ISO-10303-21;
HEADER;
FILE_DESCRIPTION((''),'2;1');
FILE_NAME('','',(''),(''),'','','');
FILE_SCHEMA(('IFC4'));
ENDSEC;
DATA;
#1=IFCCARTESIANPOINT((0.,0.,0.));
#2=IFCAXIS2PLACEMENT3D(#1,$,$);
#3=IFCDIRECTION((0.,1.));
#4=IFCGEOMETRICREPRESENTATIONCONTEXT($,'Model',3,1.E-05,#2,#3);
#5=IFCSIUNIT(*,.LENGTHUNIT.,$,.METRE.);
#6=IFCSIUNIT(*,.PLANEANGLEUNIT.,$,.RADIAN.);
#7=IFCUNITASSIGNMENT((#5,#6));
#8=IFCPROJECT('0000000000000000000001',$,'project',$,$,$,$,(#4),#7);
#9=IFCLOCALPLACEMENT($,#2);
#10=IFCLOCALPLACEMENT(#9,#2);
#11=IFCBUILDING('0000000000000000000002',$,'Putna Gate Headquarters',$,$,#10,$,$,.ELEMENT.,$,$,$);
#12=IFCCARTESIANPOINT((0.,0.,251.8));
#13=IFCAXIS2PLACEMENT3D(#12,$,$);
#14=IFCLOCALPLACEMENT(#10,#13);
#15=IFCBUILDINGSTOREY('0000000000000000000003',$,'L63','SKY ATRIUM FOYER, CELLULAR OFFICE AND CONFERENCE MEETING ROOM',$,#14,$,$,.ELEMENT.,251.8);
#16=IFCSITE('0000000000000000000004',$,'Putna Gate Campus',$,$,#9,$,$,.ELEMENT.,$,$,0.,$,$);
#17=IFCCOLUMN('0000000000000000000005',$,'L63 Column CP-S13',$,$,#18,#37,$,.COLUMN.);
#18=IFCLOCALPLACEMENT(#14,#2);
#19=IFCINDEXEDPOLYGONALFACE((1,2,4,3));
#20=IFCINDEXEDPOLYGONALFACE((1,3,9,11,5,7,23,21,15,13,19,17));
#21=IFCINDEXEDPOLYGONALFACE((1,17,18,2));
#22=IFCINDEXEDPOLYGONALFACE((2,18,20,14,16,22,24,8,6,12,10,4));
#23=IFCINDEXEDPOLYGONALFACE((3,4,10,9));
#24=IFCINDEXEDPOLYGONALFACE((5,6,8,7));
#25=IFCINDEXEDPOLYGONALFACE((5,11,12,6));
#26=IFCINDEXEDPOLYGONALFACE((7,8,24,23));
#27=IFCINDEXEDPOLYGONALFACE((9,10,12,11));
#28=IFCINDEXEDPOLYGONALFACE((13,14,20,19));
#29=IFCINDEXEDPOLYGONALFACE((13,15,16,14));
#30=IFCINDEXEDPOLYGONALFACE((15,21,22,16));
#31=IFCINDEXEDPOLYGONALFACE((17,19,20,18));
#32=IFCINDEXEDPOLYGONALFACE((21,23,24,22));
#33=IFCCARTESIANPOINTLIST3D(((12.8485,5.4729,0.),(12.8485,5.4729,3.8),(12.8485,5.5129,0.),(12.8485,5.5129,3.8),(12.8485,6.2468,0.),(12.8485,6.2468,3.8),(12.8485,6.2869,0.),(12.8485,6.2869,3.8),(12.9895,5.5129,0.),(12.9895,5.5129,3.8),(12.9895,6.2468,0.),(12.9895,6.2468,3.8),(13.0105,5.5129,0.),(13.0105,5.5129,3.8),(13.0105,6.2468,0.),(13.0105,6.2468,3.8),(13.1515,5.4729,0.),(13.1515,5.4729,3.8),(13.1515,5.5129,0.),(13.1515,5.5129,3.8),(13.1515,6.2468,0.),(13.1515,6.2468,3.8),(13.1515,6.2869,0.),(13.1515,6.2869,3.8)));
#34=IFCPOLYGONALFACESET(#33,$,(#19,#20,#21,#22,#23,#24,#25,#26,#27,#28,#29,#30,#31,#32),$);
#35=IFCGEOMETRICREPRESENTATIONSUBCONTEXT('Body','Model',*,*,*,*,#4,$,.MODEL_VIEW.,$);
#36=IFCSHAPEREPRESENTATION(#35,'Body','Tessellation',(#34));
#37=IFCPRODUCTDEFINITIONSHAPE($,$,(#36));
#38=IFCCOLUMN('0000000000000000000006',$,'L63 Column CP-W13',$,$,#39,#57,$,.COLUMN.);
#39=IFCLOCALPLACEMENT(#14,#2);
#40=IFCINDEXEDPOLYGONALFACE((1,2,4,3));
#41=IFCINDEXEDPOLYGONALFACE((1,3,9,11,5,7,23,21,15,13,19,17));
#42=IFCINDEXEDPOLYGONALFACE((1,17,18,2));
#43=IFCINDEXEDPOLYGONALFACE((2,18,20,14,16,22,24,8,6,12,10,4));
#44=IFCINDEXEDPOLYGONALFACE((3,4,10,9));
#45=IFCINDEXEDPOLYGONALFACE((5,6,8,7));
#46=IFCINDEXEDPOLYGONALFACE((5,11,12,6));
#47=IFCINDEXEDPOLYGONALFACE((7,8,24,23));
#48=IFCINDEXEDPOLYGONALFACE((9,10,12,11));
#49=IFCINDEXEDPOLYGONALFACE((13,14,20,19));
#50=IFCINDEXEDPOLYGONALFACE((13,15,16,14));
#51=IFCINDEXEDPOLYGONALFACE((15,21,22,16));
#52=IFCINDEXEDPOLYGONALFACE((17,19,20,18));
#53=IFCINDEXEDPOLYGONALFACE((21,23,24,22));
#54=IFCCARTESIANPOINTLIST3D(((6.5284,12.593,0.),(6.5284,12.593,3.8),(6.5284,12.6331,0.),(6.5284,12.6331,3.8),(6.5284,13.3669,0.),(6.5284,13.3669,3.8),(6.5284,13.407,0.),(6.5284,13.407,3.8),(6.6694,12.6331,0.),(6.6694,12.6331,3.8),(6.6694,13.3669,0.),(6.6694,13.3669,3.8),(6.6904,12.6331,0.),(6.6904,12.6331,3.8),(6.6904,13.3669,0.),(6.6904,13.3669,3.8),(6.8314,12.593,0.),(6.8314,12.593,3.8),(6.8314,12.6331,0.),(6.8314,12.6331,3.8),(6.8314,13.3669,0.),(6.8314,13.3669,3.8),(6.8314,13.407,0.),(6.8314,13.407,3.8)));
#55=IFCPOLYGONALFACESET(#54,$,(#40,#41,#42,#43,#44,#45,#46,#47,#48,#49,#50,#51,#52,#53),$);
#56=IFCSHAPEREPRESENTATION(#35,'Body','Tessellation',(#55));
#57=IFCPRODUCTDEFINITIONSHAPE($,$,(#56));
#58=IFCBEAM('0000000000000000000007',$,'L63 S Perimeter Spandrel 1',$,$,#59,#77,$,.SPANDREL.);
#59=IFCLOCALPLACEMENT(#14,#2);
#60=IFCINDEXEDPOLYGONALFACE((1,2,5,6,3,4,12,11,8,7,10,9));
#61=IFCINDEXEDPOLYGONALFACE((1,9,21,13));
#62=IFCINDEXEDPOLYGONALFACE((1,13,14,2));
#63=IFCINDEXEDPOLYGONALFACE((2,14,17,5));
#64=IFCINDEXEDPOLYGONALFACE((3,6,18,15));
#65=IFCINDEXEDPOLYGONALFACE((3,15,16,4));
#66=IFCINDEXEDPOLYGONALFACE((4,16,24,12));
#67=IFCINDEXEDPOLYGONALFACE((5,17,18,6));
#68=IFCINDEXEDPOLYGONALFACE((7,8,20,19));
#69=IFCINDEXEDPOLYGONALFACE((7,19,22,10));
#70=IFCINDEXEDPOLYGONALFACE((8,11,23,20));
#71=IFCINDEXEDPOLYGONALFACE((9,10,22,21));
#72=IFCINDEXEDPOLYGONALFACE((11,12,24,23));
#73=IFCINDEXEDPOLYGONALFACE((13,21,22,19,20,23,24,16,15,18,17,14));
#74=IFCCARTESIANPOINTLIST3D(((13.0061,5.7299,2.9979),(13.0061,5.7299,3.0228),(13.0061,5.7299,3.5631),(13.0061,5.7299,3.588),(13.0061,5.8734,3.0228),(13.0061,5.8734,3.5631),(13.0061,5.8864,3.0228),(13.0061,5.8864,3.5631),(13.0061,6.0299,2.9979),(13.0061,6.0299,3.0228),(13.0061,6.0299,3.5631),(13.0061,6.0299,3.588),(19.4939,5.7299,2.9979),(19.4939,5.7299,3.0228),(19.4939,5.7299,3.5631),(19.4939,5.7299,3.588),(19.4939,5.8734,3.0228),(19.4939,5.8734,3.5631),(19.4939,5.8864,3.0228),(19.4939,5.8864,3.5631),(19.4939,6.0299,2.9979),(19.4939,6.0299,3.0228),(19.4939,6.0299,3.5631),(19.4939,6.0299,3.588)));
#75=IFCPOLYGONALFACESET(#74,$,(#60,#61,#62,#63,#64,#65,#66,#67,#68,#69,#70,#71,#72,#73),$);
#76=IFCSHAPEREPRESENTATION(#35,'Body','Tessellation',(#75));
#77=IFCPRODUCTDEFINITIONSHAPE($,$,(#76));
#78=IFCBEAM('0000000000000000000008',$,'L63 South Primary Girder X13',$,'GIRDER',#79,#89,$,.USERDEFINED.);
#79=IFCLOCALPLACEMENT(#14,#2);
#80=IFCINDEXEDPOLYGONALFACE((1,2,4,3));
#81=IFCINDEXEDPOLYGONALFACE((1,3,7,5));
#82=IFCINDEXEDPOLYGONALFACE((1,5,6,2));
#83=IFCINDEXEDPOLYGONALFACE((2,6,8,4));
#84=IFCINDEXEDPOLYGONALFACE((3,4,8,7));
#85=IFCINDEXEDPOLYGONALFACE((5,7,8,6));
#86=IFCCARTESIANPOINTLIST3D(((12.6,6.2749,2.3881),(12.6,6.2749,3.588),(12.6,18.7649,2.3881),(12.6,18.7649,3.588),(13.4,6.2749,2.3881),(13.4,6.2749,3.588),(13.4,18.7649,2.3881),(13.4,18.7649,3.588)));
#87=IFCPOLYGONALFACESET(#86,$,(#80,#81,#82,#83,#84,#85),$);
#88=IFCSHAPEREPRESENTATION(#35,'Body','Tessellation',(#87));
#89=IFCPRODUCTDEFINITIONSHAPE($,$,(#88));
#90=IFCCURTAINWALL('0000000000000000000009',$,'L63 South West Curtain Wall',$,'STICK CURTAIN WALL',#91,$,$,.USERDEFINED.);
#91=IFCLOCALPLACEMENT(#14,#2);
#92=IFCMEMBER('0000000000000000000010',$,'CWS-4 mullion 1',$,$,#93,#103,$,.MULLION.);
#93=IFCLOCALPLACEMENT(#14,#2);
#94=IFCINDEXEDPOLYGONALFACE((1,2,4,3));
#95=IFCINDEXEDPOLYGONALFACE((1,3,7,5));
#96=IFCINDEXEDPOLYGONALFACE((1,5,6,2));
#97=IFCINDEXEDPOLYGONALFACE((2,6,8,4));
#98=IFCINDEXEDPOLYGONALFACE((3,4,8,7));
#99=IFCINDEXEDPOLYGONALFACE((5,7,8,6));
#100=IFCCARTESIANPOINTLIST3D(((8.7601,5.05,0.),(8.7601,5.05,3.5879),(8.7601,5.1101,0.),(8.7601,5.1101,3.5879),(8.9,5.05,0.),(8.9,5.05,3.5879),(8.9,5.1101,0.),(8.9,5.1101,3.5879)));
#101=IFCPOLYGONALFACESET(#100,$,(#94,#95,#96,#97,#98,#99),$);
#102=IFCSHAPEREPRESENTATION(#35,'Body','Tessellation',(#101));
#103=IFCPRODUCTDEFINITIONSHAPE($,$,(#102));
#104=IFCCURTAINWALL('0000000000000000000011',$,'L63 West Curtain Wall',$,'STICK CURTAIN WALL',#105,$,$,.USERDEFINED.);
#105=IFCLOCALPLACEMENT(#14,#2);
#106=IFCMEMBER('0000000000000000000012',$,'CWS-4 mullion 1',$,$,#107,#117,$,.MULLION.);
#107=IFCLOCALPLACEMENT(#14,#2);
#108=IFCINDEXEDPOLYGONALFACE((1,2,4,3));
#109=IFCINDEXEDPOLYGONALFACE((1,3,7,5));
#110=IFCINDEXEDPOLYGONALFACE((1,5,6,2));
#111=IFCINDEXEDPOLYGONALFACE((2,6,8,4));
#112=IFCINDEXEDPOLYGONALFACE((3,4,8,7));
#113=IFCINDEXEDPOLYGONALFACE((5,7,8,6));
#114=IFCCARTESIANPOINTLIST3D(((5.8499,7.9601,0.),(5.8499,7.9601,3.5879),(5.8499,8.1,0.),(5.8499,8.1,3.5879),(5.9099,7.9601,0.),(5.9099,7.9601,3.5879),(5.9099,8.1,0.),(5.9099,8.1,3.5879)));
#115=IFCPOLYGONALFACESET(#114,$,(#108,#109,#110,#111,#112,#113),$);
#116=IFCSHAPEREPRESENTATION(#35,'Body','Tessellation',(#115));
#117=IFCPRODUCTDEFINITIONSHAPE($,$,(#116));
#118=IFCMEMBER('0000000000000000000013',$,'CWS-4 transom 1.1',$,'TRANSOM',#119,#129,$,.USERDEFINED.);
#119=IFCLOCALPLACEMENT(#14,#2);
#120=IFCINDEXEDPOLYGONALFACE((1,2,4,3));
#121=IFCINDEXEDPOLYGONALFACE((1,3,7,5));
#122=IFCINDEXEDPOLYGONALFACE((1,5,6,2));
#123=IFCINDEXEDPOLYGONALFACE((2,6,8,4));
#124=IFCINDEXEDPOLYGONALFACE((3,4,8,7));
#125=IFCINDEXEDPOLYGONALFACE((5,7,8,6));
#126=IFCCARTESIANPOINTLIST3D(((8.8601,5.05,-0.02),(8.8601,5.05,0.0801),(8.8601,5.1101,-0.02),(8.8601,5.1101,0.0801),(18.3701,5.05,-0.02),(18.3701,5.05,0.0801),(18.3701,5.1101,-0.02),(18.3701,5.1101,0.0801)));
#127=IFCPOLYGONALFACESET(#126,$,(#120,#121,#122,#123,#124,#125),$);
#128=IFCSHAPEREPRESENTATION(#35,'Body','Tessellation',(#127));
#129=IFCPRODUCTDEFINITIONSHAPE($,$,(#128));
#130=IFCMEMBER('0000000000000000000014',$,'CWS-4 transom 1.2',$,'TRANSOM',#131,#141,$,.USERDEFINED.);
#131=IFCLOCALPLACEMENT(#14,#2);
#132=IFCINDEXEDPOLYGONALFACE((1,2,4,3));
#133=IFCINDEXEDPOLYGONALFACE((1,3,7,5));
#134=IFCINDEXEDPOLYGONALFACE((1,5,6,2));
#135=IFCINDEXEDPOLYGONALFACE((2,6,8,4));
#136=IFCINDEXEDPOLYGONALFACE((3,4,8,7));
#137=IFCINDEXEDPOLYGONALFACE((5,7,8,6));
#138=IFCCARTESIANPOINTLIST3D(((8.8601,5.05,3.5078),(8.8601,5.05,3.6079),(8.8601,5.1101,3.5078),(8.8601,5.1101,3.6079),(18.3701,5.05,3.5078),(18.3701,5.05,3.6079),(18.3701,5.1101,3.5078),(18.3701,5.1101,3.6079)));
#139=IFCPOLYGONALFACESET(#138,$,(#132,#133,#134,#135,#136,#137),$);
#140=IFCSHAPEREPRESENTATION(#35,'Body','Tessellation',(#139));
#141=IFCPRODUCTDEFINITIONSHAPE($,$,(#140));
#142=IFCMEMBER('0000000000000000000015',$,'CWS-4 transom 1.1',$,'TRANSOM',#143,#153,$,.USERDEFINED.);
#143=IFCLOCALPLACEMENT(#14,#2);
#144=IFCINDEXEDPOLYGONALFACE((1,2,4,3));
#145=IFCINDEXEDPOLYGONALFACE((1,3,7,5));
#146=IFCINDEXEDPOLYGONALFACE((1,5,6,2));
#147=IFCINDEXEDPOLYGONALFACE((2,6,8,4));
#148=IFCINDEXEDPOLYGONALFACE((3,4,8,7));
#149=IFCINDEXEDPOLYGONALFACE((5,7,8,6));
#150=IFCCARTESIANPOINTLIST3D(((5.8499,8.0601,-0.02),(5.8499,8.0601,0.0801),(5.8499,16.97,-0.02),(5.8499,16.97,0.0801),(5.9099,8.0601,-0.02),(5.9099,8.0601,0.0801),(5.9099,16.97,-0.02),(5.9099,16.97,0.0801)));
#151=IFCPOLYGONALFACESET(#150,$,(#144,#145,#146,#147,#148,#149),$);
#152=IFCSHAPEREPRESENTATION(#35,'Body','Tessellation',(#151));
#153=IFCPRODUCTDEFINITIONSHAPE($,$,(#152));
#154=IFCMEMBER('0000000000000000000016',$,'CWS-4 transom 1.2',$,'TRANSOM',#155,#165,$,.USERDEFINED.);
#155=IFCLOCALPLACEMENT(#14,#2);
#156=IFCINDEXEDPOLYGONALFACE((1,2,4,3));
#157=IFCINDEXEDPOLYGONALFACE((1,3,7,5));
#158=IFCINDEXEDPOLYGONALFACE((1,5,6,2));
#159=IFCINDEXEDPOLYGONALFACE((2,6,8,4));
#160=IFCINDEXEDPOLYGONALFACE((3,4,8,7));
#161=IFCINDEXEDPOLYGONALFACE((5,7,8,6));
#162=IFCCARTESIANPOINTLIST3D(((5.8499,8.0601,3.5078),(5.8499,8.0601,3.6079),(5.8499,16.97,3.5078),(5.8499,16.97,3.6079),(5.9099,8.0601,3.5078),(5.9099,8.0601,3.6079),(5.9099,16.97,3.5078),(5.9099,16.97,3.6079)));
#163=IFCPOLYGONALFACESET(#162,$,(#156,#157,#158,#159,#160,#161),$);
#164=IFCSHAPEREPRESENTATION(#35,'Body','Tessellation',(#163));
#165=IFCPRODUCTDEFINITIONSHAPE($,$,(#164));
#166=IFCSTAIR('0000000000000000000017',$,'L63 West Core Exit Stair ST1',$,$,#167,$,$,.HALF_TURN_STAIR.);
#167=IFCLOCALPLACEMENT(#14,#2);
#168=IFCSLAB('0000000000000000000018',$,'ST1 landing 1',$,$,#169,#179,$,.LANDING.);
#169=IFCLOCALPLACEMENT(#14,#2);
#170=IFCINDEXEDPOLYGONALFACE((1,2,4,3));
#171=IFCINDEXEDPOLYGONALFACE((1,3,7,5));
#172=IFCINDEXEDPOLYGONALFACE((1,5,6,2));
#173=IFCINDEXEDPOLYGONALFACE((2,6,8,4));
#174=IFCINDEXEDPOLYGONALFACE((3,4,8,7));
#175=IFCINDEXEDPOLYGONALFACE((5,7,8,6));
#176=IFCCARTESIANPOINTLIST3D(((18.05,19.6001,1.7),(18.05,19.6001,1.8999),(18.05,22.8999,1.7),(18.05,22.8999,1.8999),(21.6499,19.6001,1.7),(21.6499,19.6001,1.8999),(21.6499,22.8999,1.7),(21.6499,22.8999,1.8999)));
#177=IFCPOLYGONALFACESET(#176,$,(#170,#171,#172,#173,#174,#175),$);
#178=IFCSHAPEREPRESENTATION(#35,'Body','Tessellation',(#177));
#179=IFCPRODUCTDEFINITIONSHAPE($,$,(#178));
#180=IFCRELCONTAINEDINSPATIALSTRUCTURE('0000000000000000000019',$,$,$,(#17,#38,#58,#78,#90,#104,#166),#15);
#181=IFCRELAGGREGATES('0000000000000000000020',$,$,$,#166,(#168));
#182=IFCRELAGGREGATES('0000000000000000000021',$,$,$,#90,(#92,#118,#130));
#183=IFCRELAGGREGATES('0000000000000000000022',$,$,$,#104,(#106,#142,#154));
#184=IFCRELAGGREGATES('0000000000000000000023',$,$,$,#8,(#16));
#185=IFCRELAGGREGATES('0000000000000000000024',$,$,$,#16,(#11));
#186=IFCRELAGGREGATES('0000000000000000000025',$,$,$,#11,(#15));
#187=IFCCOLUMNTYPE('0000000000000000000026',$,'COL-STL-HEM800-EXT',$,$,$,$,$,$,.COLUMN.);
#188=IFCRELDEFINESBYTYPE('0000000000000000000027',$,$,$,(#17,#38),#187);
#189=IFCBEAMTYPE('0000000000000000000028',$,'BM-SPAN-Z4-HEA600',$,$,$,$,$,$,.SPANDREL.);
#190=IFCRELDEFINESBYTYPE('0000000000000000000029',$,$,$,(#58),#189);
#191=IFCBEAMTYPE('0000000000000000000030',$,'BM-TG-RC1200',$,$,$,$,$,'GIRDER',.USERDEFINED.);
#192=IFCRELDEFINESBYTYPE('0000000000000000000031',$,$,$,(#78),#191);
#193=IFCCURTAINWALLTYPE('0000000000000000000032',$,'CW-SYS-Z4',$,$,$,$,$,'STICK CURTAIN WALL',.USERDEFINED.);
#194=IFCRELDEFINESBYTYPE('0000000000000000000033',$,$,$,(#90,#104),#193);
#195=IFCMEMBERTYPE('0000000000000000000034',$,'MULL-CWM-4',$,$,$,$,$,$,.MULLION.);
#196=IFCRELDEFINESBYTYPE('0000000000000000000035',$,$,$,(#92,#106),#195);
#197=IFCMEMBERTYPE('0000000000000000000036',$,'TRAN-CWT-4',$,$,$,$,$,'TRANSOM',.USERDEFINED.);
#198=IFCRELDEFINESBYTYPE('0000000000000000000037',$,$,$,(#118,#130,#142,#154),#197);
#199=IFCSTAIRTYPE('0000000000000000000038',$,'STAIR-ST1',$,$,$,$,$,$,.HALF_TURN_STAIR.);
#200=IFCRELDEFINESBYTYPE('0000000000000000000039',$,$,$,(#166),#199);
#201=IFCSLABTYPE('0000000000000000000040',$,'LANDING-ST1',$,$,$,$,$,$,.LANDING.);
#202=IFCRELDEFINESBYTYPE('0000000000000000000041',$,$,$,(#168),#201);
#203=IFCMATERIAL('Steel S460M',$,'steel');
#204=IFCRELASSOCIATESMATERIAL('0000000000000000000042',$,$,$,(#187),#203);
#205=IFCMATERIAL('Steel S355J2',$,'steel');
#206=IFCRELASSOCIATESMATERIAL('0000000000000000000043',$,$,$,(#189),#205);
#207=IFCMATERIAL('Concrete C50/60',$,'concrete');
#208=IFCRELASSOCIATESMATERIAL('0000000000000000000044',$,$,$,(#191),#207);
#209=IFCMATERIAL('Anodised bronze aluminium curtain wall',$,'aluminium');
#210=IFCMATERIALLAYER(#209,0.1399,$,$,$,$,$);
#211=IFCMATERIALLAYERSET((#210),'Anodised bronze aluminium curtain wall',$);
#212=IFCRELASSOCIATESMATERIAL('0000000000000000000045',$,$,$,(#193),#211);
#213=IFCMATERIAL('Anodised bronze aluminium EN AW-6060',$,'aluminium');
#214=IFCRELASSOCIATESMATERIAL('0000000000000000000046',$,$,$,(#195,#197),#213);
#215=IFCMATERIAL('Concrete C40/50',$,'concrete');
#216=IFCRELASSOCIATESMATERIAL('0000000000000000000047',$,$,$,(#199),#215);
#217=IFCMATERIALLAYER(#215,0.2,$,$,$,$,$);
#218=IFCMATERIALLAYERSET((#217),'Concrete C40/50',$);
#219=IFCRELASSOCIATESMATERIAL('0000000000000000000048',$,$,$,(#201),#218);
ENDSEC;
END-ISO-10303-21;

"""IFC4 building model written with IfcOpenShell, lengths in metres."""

from ifc_helpers import new_model, si_unit, direction, frame, origin, origin_2d, place, context, subcontext, project, spatial, polyline, rectangle, i_section, outline, extrude, material, layer, layer_set, material_profile, profile_set, type_object, element, aggregate, save


model = new_model("IFC4")

# Units and contexts
model_context = context("Model", 3, precision=1e-05, world=origin(), true_north=direction((0.0, 1.0)))
body_context = subcontext(model_context, "Body", "Model", "MODEL_VIEW")
ifc_project = project(units=[si_unit("LENGTHUNIT", "METRE"), si_unit("PLANEANGLEUNIT", "RADIAN")], contexts=[model_context])

# Site, building, storey
site_placement = place(None, origin())
site = spatial("IfcSite", under=ifc_project, at=site_placement, Name="Putna Gate Campus", CompositionType="ELEMENT", RefElevation=0.0)
building_placement = place(site_placement, origin())
building = spatial("IfcBuilding", under=site, at=building_placement, Name="Putna Gate Headquarters", CompositionType="ELEMENT")
storey_placement = place(building_placement, frame((0.0, 0.0, 251.8)))
storey = spatial("IfcBuildingStorey", under=building, at=storey_placement, Name="L63", Description="SKY ATRIUM FOYER, CELLULAR OFFICE AND CONFERENCE MEETING ROOM", CompositionType="ELEMENT", Elevation=251.8)

# Columns
ifc_material_1 = material(Name="Steel S460M", Category="steel")
ifc_material_profile_1 = material_profile(ifc_material_1, i_section(OverallWidth=0.303, OverallDepth=0.814, WebThickness=0.021, FlangeThickness=0.04, at=origin_2d()), Name="Steel S460M")
ifc_profile_set_1 = profile_set([ifc_material_profile_1], Name="Steel S460M")
column_type = type_object("IfcColumnType", Name="COL-STL-HEM800-EXT", PredefinedType="COLUMN", material=ifc_profile_set_1)
for number, where, z_axis, x_axis, name in (
    (1, (13.0, 5.8799, 0.0), (0.0, 0.0, 1.0), (1.0, 0.0, 0.0), "L63 Column CP-S13"),
    (2, (6.6799, 13.0, 0.0), (0.0, 0.0, 1.0), (1.0, 0.0, 0.0), "L63 Column CP-W13"),
):
    element("IfcColumn", number, at=place(storey_placement, frame(where, z_axis=z_axis, x_axis=x_axis)), inside=storey, type_object=column_type, Name=name, PredefinedType="COLUMN", context=body_context, shape_type="SweptSolid", body=[
        extrude(i_section(OverallWidth=0.303, OverallDepth=0.814, WebThickness=0.021, FlangeThickness=0.04, at=origin_2d()), origin(), (0.0, 0.0, 1.0), 3.8),
    ])

# Beams
ifc_material_2 = material(Name="Steel S355J2", Category="steel")
ifc_material_profile_2 = material_profile(ifc_material_2, i_section(OverallWidth=0.3, OverallDepth=0.5901, WebThickness=0.0129, FlangeThickness=0.0249, at=origin_2d()), Name="Steel S355J2")
ifc_profile_set_2 = profile_set([ifc_material_profile_2], Name="Steel S355J2")
beam_type_1 = type_object("IfcBeamType", Name="BM-SPAN-Z4-HEA600", PredefinedType="SPANDREL", material=ifc_profile_set_2)
beam_1_placement = place(storey_placement, frame((13.0061, 5.8799, 3.293), z_axis=(1.0, 0.0, 0.0), x_axis=(0.0, 1.0, 0.0)))
element("IfcBeam", 3, at=beam_1_placement, inside=storey, type_object=beam_type_1, Name="L63 S Perimeter Spandrel 1", PredefinedType="SPANDREL", context=body_context, shape_type="SweptSolid", body=[
    extrude(i_section(OverallWidth=0.3, OverallDepth=0.5901, WebThickness=0.0129, FlangeThickness=0.0249, at=origin_2d()), origin(), (0.0, 0.0, 1.0), 6.4878),
])
ifc_material_3 = material(Name="Concrete C50/60", Category="concrete")
ifc_material_profile_3 = material_profile(ifc_material_3, rectangle(XDim=0.8, YDim=1.2, at=origin_2d()), Name="Concrete C50/60")
ifc_profile_set_3 = profile_set([ifc_material_profile_3], Name="Concrete C50/60")
beam_type_2 = type_object("IfcBeamType", Name="BM-TG-RC1200", ElementType="GIRDER", PredefinedType="USERDEFINED", material=ifc_profile_set_3)
beam_2_placement = place(storey_placement, frame((13.0, 6.2749, 2.988), z_axis=(0.0, 1.0, 0.0), x_axis=(-1.0, 0.0, 0.0)))
element("IfcBeam", 4, at=beam_2_placement, inside=storey, type_object=beam_type_2, Name="L63 South Primary Girder X13", ObjectType="GIRDER", PredefinedType="USERDEFINED", context=body_context, shape_type="SweptSolid", body=[
    extrude(rectangle(XDim=0.8, YDim=1.2, at=origin_2d()), origin(), (0.0, 0.0, 1.0), 12.49),
])

# Curtain walls, members
ifc_material_4 = material(Name="Anodised bronze aluminium curtain wall", Category="aluminium")
ifc_layer_1 = layer(ifc_material_4, 0.1399)
ifc_layer_set_1 = layer_set([ifc_layer_1], Name="Anodised bronze aluminium curtain wall")
curtain_wall_type = type_object("IfcCurtainWallType", Name="CW-SYS-Z4", ElementType="STICK CURTAIN WALL", PredefinedType="USERDEFINED", material=ifc_layer_set_1)
curtain_wall_1_placement = place(storey_placement, origin())
curtain_wall_1 = element("IfcCurtainWall", 5, at=curtain_wall_1_placement, inside=storey, type_object=curtain_wall_type, Name="L63 South West Curtain Wall", ObjectType="STICK CURTAIN WALL", PredefinedType="USERDEFINED")
ifc_material_5 = material(Name="Anodised bronze aluminium EN AW-6060", Category="aluminium")
ifc_material_profile_4 = material_profile(ifc_material_5, rectangle(XDim=0.0601, YDim=0.1399, at=origin_2d()), Name="Anodised bronze aluminium EN AW-6060")
ifc_profile_set_4 = profile_set([ifc_material_profile_4], Name="Anodised bronze aluminium EN AW-6060")
member_type_1 = type_object("IfcMemberType", Name="MULL-CWM-4", PredefinedType="MULLION", material=ifc_profile_set_4)
member_1_placement = place(storey_placement, frame((8.8301, 5.0801, 0.0), z_axis=(0.0, 0.0, 1.0), x_axis=(0.0, 1.0, 0.0)))
member_1 = element("IfcMember", 6, at=member_1_placement, type_object=member_type_1, Name="CWS-4 mullion 1", PredefinedType="MULLION", context=body_context, shape_type="SweptSolid", body=[
    extrude(rectangle(XDim=0.0601, YDim=0.1399, at=origin_2d()), origin(), (0.0, 0.0, 1.0), 3.5879),
])
curtain_wall_2_placement = place(storey_placement, origin())
curtain_wall_2 = element("IfcCurtainWall", 7, at=curtain_wall_2_placement, inside=storey, type_object=curtain_wall_type, Name="L63 West Curtain Wall", ObjectType="STICK CURTAIN WALL", PredefinedType="USERDEFINED")
member_2_placement = place(storey_placement, frame((5.8799, 8.03, 0.0), z_axis=(0.0, 0.0, 1.0), x_axis=(-1.0, 0.0, 0.0)))
member_2 = element("IfcMember", 8, at=member_2_placement, type_object=member_type_1, Name="CWS-4 mullion 1", PredefinedType="MULLION", context=body_context, shape_type="SweptSolid", body=[
    extrude(rectangle(XDim=0.0601, YDim=0.1399, at=origin_2d()), origin(), (0.0, 0.0, 1.0), 3.5879),
])

# Members
ifc_material_profile_5 = material_profile(ifc_material_5, rectangle(XDim=0.0601, YDim=0.1001, at=origin_2d()), Name="Anodised bronze aluminium EN AW-6060")
ifc_profile_set_5 = profile_set([ifc_material_profile_5], Name="Anodised bronze aluminium EN AW-6060")
member_type_2 = type_object("IfcMemberType", Name="TRAN-CWT-4", ElementType="TRANSOM", PredefinedType="USERDEFINED", material=ifc_profile_set_5)
member_3_placement = place(storey_placement, frame((8.8601, 5.0801, 0.03), z_axis=(1.0, 0.0, 0.0), x_axis=(0.0, 1.0, 0.0)))
member_3 = element("IfcMember", 9, at=member_3_placement, type_object=member_type_2, Name="CWS-4 transom 1.1", ObjectType="TRANSOM", PredefinedType="USERDEFINED", context=body_context, shape_type="SweptSolid", body=[
    extrude(rectangle(XDim=0.0601, YDim=0.1001, at=origin_2d()), origin(), (0.0, 0.0, 1.0), 9.51),
])
member_4_placement = place(storey_placement, frame((8.8601, 5.0801, 3.5579), z_axis=(1.0, 0.0, 0.0), x_axis=(0.0, 1.0, 0.0)))
member_4 = element("IfcMember", 10, at=member_4_placement, type_object=member_type_2, Name="CWS-4 transom 1.2", ObjectType="TRANSOM", PredefinedType="USERDEFINED", context=body_context, shape_type="SweptSolid", body=[
    extrude(rectangle(XDim=0.0601, YDim=0.1001, at=origin_2d()), origin(), (0.0, 0.0, 1.0), 9.51),
])
member_5_placement = place(storey_placement, frame((5.8799, 8.0601, 0.03), z_axis=(0.0, 1.0, 0.0), x_axis=(-1.0, 0.0, 0.0)))
member_5 = element("IfcMember", 11, at=member_5_placement, type_object=member_type_2, Name="CWS-4 transom 1.1", ObjectType="TRANSOM", PredefinedType="USERDEFINED", context=body_context, shape_type="SweptSolid", body=[
    extrude(rectangle(XDim=0.0601, YDim=0.1001, at=origin_2d()), origin(), (0.0, 0.0, 1.0), 8.9099),
])
member_6_placement = place(storey_placement, frame((5.8799, 8.0601, 3.5579), z_axis=(0.0, 1.0, 0.0), x_axis=(-1.0, 0.0, 0.0)))
member_6 = element("IfcMember", 12, at=member_6_placement, type_object=member_type_2, Name="CWS-4 transom 1.2", ObjectType="TRANSOM", PredefinedType="USERDEFINED", context=body_context, shape_type="SweptSolid", body=[
    extrude(rectangle(XDim=0.0601, YDim=0.1001, at=origin_2d()), origin(), (0.0, 0.0, 1.0), 8.9099),
])

# Stair, slab
ifc_material_6 = material(Name="Concrete C40/50", Category="concrete")
stair_type_1 = type_object("IfcStairType", Name="STAIR-ST1", PredefinedType="HALF_TURN_STAIR", material=ifc_material_6)
stair_1_placement = place(storey_placement, origin())
stair_1 = element("IfcStair", 13, at=stair_1_placement, inside=storey, type_object=stair_type_1, Name="L63 West Core Exit Stair ST1", PredefinedType="HALF_TURN_STAIR")
ifc_layer_2 = layer(ifc_material_6, 0.2)
ifc_layer_set_2 = layer_set([ifc_layer_2], Name="Concrete C40/50")
slab_type_1 = type_object("IfcSlabType", Name="LANDING-ST1", PredefinedType="LANDING", material=ifc_layer_set_2)
slab_1_placement = place(storey_placement, frame((0.0, 0.0, 1.7)))
slab_1 = element("IfcSlab", 14, at=slab_1_placement, type_object=slab_type_1, Name="ST1 landing 1", PredefinedType="LANDING", context=body_context, shape_type="SweptSolid", body=[
    extrude(outline(polyline([(18.05, 19.6001), (21.6499, 19.6001), (21.6499, 22.8999), (18.05, 22.8999), (18.05, 19.6001)])), origin(), (0.0, 0.0, 1.0), 0.2),
])
aggregate(stair_1, [slab_1])

aggregate(curtain_wall_1, [member_1, member_3, member_4])
aggregate(curtain_wall_2, [member_2, member_5, member_6])

save(model, "model.ifc")
